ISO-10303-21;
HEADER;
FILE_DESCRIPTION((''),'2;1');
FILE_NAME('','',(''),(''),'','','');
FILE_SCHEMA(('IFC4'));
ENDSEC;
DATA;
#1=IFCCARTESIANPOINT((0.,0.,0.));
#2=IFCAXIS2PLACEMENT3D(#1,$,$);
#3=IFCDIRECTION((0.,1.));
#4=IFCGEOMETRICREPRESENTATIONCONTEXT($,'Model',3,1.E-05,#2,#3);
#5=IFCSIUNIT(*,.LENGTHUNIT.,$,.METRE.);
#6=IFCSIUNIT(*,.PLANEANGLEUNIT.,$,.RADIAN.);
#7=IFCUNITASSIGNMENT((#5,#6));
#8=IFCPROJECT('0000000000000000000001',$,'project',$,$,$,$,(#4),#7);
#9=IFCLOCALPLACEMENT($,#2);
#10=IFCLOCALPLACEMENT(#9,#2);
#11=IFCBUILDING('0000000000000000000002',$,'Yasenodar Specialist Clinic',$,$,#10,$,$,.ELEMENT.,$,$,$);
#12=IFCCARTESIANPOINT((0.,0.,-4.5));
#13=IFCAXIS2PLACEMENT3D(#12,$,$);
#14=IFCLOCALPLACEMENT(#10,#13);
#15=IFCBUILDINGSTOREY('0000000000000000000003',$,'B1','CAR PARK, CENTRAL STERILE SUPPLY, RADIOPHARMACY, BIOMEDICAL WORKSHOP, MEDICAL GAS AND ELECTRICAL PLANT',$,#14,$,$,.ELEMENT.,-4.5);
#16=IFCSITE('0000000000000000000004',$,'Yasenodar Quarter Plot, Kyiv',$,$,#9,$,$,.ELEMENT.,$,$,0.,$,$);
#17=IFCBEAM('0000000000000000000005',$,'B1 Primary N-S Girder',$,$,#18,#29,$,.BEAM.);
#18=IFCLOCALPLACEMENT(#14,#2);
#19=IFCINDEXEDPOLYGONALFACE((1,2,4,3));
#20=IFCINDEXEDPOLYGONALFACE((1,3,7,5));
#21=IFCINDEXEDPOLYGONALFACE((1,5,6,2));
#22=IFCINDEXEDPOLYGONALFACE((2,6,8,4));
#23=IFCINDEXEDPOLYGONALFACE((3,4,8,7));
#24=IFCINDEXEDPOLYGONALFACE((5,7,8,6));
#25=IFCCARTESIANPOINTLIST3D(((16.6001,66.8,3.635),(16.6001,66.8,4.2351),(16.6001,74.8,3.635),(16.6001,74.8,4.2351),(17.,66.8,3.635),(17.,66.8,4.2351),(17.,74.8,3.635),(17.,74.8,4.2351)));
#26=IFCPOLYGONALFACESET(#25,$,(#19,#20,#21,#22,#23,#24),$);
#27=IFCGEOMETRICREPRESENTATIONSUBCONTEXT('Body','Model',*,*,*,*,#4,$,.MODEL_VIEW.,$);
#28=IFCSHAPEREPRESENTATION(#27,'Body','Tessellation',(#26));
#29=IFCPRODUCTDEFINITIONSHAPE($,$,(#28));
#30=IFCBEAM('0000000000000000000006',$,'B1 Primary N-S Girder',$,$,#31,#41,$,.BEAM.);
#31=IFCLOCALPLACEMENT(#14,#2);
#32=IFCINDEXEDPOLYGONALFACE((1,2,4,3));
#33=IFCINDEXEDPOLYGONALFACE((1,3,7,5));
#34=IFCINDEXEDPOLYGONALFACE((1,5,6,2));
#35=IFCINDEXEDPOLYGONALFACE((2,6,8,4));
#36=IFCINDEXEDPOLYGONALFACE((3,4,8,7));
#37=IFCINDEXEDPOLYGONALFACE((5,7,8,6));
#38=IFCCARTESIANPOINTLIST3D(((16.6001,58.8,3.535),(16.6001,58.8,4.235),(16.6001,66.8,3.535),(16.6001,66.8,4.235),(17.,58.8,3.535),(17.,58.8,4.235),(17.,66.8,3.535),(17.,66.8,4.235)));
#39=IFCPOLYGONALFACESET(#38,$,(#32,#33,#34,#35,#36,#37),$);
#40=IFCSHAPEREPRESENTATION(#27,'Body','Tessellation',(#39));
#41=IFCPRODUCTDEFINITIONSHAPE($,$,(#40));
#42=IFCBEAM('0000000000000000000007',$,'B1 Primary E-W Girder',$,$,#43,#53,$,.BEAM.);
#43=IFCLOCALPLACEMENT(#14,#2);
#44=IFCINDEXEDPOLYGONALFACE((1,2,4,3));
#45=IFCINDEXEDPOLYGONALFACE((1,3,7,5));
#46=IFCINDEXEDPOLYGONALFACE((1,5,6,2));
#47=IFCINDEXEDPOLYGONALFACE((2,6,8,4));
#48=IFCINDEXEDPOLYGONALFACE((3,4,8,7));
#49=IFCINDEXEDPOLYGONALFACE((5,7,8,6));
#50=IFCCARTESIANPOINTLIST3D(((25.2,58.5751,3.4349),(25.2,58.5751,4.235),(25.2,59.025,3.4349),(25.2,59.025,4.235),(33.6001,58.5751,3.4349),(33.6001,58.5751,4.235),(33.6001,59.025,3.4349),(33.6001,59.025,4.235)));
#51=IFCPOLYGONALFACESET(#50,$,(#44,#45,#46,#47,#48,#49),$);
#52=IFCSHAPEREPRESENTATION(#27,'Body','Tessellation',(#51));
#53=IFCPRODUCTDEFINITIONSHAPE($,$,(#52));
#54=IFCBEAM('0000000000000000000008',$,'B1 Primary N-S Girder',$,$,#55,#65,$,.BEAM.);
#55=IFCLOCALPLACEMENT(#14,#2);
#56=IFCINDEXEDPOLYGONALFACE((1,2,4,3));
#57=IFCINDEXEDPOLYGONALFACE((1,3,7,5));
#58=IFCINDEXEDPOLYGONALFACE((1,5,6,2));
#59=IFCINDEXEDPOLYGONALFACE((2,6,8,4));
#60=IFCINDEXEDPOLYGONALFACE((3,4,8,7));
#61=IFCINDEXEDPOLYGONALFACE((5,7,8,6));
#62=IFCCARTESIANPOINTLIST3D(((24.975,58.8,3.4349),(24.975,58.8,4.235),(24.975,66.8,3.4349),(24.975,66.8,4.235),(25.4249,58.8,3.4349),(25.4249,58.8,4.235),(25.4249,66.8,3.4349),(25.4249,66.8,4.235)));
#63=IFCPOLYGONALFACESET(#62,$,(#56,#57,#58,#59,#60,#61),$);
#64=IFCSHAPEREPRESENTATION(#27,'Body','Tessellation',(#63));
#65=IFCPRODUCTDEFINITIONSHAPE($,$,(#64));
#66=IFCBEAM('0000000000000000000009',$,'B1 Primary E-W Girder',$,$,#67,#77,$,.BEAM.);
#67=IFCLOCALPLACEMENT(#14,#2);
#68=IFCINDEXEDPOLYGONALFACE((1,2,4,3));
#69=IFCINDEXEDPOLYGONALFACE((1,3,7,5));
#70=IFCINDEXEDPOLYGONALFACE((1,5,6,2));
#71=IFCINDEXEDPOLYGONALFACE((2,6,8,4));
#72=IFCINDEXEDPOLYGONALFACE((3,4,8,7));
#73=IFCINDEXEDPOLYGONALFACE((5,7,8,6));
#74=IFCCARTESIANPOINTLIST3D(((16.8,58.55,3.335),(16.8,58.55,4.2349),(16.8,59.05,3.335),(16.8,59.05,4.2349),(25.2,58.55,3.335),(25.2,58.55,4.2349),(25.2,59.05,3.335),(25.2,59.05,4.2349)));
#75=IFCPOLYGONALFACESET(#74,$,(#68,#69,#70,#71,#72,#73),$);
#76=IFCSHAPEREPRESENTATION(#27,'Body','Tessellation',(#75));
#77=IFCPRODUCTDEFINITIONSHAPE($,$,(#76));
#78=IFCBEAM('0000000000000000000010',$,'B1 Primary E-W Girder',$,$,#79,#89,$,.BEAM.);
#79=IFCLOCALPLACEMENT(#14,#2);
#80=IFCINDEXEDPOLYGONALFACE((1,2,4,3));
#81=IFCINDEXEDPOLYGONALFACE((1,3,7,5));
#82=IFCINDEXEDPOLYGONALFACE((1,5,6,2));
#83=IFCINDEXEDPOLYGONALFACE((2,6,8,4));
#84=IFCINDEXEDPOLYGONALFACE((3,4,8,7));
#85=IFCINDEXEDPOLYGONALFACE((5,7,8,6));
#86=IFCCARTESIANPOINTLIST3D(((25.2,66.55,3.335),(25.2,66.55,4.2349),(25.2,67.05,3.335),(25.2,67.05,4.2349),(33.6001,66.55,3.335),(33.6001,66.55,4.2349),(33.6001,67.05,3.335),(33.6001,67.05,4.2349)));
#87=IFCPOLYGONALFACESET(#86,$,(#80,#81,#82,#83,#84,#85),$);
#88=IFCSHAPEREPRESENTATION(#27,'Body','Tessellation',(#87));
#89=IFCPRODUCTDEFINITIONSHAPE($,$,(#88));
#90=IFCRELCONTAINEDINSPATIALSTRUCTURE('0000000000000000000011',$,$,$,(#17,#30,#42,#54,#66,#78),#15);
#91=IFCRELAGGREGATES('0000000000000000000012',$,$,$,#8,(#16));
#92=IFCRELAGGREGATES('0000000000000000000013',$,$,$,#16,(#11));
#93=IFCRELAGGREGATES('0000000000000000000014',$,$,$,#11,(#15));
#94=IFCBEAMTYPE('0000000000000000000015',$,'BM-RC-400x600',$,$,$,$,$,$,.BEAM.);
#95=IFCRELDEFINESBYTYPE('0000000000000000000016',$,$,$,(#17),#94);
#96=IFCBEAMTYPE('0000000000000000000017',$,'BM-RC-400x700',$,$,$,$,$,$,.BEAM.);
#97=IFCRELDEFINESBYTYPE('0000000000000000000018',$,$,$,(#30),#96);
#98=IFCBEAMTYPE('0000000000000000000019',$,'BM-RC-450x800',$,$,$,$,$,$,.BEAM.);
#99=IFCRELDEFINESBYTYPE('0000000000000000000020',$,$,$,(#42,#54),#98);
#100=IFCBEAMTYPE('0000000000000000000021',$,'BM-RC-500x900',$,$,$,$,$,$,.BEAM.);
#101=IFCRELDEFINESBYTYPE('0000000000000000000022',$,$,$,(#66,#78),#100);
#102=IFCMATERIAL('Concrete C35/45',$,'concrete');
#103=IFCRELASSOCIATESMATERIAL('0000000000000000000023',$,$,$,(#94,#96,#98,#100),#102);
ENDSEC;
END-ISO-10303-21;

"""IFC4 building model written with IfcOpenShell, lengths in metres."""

from ifc_helpers import new_model, si_unit, direction, frame, origin, origin_2d, place, context, subcontext, project, spatial, rectangle, extrude, material, material_profile, profile_set, type_object, element, save


model = new_model("IFC4")

# Units and contexts
model_context = context("Model", 3, precision=1e-05, world=origin(), true_north=direction((0.0, 1.0)))
body_context = subcontext(model_context, "Body", "Model", "MODEL_VIEW")
ifc_project = project(units=[si_unit("LENGTHUNIT", "METRE"), si_unit("PLANEANGLEUNIT", "RADIAN")], contexts=[model_context])

# Site, building, storey
site_placement = place(None, origin())
site = spatial("IfcSite", under=ifc_project, at=site_placement, Name="Yasenodar Quarter Plot, Kyiv", CompositionType="ELEMENT", RefElevation=0.0)
building_placement = place(site_placement, origin())
building = spatial("IfcBuilding", under=site, at=building_placement, Name="Yasenodar Specialist Clinic", CompositionType="ELEMENT")
storey_placement = place(building_placement, frame((0.0, 0.0, -4.5)))
storey = spatial("IfcBuildingStorey", under=building, at=storey_placement, Name="B1", Description="CAR PARK, CENTRAL STERILE SUPPLY, RADIOPHARMACY, BIOMEDICAL WORKSHOP, MEDICAL GAS AND ELECTRICAL PLANT", CompositionType="ELEMENT", Elevation=-4.5)

# Shared definitions
ifc_material_1 = material(Name="Concrete C35/45", Category="concrete")

# Beams
ifc_material_profile_1 = material_profile(ifc_material_1, rectangle(XDim=0.3999, YDim=0.6001, at=origin_2d()), Name="RC 400x600")
ifc_profile_set_1 = profile_set([ifc_material_profile_1], Name="Concrete C35/45")
beam_type_1 = type_object("IfcBeamType", Name="BM-RC-400x600", PredefinedType="BEAM", material=ifc_profile_set_1)
beam_1_placement = place(storey_placement, frame((16.8, 66.8, 3.9351), z_axis=(0.0, 1.0, 0.0), x_axis=(-1.0, 0.0, 0.0)))
element("IfcBeam", 1, at=beam_1_placement, inside=storey, type_object=beam_type_1, Name="B1 Primary N-S Girder", PredefinedType="BEAM", context=body_context, shape_type="SweptSolid", body=[
    extrude(rectangle(XDim=0.3999, YDim=0.6001, at=origin_2d()), origin(), (0.0, 0.0, 1.0), 8.0),
])
ifc_material_profile_2 = material_profile(ifc_material_1, rectangle(XDim=0.3999, YDim=0.7, at=origin_2d()), Name="RC 400x700")
ifc_profile_set_2 = profile_set([ifc_material_profile_2], Name="Concrete C35/45")
beam_type_2 = type_object("IfcBeamType", Name="BM-RC-400x700", PredefinedType="BEAM", material=ifc_profile_set_2)
beam_2_placement = place(storey_placement, frame((16.8, 58.8, 3.885), z_axis=(0.0, 1.0, 0.0), x_axis=(-1.0, 0.0, 0.0)))
element("IfcBeam", 2, at=beam_2_placement, inside=storey, type_object=beam_type_2, Name="B1 Primary N-S Girder", PredefinedType="BEAM", context=body_context, shape_type="SweptSolid", body=[
    extrude(rectangle(XDim=0.3999, YDim=0.7, at=origin_2d()), origin(), (0.0, 0.0, 1.0), 8.0),
])
ifc_material_profile_3 = material_profile(ifc_material_1, rectangle(XDim=0.45, YDim=0.8, at=origin_2d()), Name="RC 450x800")
ifc_profile_set_3 = profile_set([ifc_material_profile_3], Name="Concrete C35/45")
beam_type_3 = type_object("IfcBeamType", Name="BM-RC-450x800", PredefinedType="BEAM", material=ifc_profile_set_3)
beam_3_placement = place(storey_placement, frame((25.2, 58.8, 3.835), z_axis=(1.0, 0.0, 0.0), x_axis=(0.0, 1.0, 0.0)))
element("IfcBeam", 3, at=beam_3_placement, inside=storey, type_object=beam_type_3, Name="B1 Primary E-W Girder", PredefinedType="BEAM", context=body_context, shape_type="SweptSolid", body=[
    extrude(rectangle(XDim=0.45, YDim=0.8, at=origin_2d()), origin(), (0.0, 0.0, 1.0), 8.4001),
])
beam_4_placement = place(storey_placement, frame((25.2, 58.8, 3.835), z_axis=(0.0, 1.0, 0.0), x_axis=(-1.0, 0.0, 0.0)))
element("IfcBeam", 4, at=beam_4_placement, inside=storey, type_object=beam_type_3, Name="B1 Primary N-S Girder", PredefinedType="BEAM", context=body_context, shape_type="SweptSolid", body=[
    extrude(rectangle(XDim=0.45, YDim=0.8, at=origin_2d()), origin(), (0.0, 0.0, 1.0), 8.0),
])
ifc_material_profile_4 = material_profile(ifc_material_1, rectangle(XDim=0.5, YDim=0.8999, at=origin_2d()), Name="RC 500x900")
ifc_profile_set_4 = profile_set([ifc_material_profile_4], Name="Concrete C35/45")
beam_type_4 = type_object("IfcBeamType", Name="BM-RC-500x900", PredefinedType="BEAM", material=ifc_profile_set_4)
beam_5_placement = place(storey_placement, frame((16.8, 58.8, 3.7849), z_axis=(1.0, 0.0, 0.0), x_axis=(0.0, 1.0, 0.0)))
element("IfcBeam", 5, at=beam_5_placement, inside=storey, type_object=beam_type_4, Name="B1 Primary E-W Girder", PredefinedType="BEAM", context=body_context, shape_type="SweptSolid", body=[
    extrude(rectangle(XDim=0.5, YDim=0.8999, at=origin_2d()), origin(), (0.0, 0.0, 1.0), 8.3999),
])
beam_6_placement = place(storey_placement, frame((25.2, 66.8, 3.7849), z_axis=(1.0, 0.0, 0.0), x_axis=(0.0, 1.0, 0.0)))
element("IfcBeam", 6, at=beam_6_placement, inside=storey, type_object=beam_type_4, Name="B1 Primary E-W Girder", PredefinedType="BEAM", context=body_context, shape_type="SweptSolid", body=[
    extrude(rectangle(XDim=0.5, YDim=0.8999, at=origin_2d()), origin(), (0.0, 0.0, 1.0), 8.4001),
])

save(model, "model.ifc")
